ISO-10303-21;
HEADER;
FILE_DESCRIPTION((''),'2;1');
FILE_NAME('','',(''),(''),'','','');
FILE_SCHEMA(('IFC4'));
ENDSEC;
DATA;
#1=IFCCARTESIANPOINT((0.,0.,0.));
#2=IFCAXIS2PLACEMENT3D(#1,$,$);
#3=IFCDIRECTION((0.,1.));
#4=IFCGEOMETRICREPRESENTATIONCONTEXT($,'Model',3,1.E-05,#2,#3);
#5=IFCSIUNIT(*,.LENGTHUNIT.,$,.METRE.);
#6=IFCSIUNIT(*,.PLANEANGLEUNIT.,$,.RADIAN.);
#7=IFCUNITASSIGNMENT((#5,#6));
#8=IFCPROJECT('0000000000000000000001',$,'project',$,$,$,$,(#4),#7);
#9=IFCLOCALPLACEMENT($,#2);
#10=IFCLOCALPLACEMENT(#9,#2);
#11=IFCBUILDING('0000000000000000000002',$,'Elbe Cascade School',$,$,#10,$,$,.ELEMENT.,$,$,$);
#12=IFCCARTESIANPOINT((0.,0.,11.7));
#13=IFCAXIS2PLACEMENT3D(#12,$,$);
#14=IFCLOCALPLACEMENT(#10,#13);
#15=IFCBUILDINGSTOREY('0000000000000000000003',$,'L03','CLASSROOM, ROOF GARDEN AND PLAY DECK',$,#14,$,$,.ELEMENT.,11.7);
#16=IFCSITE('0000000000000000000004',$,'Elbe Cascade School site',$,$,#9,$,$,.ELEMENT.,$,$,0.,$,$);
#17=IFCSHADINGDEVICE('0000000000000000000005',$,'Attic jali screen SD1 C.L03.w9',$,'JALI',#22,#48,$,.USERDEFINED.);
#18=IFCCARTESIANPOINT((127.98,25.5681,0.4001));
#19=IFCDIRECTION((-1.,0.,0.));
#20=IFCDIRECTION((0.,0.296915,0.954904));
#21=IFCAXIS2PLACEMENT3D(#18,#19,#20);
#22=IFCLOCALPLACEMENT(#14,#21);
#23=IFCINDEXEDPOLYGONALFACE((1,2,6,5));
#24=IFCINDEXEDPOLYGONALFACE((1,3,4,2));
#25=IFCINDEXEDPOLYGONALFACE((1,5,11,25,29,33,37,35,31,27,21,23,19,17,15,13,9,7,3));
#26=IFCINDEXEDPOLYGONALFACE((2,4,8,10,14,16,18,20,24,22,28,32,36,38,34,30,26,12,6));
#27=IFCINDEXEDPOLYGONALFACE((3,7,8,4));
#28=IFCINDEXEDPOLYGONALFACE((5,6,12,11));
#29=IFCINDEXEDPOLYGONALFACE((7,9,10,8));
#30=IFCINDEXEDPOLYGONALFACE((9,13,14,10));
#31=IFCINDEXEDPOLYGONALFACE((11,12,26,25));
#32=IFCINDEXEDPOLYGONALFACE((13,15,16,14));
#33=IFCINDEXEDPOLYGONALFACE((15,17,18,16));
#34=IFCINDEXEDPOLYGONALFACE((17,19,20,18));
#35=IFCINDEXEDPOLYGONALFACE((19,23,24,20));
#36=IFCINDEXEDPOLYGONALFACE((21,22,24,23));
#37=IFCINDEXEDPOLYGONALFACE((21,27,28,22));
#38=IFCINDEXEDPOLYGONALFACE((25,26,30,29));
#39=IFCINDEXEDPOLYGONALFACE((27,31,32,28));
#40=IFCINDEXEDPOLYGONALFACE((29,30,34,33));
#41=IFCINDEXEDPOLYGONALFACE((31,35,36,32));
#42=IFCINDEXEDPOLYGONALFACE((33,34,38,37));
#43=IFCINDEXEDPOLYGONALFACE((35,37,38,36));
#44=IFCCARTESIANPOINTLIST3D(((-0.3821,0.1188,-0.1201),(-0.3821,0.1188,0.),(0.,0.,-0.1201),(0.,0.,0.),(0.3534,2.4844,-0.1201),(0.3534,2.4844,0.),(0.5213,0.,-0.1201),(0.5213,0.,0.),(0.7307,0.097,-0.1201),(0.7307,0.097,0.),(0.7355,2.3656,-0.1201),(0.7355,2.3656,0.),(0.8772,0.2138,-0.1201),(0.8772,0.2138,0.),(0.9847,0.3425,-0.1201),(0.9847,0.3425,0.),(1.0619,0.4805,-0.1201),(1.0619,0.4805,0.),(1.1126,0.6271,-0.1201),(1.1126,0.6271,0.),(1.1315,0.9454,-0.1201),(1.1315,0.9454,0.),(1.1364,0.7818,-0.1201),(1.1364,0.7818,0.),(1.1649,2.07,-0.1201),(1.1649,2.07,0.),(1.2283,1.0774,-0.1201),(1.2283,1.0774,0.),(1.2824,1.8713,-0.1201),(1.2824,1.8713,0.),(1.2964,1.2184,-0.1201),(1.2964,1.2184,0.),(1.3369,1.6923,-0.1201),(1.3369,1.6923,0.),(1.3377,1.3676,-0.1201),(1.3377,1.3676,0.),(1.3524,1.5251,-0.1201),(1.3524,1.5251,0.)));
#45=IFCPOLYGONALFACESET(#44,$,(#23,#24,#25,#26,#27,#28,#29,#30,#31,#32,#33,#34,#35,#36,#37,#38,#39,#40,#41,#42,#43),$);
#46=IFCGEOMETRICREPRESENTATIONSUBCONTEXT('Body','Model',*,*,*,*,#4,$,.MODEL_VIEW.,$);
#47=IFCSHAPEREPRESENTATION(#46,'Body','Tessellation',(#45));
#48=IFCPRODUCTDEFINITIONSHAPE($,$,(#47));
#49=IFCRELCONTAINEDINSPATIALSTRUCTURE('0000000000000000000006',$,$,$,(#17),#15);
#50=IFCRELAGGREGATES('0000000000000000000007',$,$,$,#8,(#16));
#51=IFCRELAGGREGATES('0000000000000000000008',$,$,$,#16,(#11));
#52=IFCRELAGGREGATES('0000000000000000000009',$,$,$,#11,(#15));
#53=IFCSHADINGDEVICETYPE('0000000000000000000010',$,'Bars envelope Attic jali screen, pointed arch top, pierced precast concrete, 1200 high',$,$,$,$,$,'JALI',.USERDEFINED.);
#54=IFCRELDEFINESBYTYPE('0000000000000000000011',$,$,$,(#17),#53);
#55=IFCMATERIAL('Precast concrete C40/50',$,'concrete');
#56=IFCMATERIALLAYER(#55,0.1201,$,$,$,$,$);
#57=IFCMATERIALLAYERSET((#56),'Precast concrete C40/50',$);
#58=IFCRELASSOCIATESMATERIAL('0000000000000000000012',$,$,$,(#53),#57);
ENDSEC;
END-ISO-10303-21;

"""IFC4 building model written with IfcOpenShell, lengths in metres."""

from ifc_helpers import new_model, si_unit, direction, frame, origin, place, context, subcontext, project, spatial, polyline, outline, extrude, material, layer, layer_set, type_object, element, save


model = new_model("IFC4")

# Units and contexts
model_context = context("Model", 3, precision=1e-05, world=origin(), true_north=direction((0.0, 1.0)))
body_context = subcontext(model_context, "Body", "Model", "MODEL_VIEW")
ifc_project = project(units=[si_unit("LENGTHUNIT", "METRE"), si_unit("PLANEANGLEUNIT", "RADIAN")], contexts=[model_context])

# Site, building, storey
site_placement = place(None, origin())
site = spatial("IfcSite", under=ifc_project, at=site_placement, Name="Elbe Cascade School site", CompositionType="ELEMENT", RefElevation=0.0)
building_placement = place(site_placement, origin())
building = spatial("IfcBuilding", under=site, at=building_placement, Name="Elbe Cascade School", CompositionType="ELEMENT")
storey_placement = place(building_placement, frame((0.0, 0.0, 11.7)))
storey = spatial("IfcBuildingStorey", under=building, at=storey_placement, Name="L03", Description="CLASSROOM, ROOF GARDEN AND PLAY DECK", CompositionType="ELEMENT", Elevation=11.7)

# Shading device
ifc_material_1 = material(Name="Precast concrete C40/50", Category="concrete")
ifc_layer_1 = layer(ifc_material_1, 0.1201)
ifc_layer_set_1 = layer_set([ifc_layer_1], Name="Precast concrete C40/50")
shading_device_type = type_object("IfcShadingDeviceType", Name="Bars envelope Attic jali screen, pointed arch top, pierced precast concrete, 1200 high", ElementType="JALI", PredefinedType="USERDEFINED", material=ifc_layer_set_1)
shading_device_1_placement = place(storey_placement, frame((127.98, 25.5681, 0.4001), z_axis=(-1.0, 0.0, 0.0), x_axis=(0.0, 0.296915, 0.954904)))
element("IfcShadingDevice", 1, at=shading_device_1_placement, inside=storey, type_object=shading_device_type, Name="Attic jali screen SD1 C.L03.w9", ObjectType="JALI", PredefinedType="USERDEFINED", context=body_context, shape_type="SweptSolid", body=[
    extrude(outline(polyline([(0.0, 0.0), (0.5213, 0.0), (0.7307, 0.097), (0.8772, 0.2138), (0.9847, 0.3425), (1.0619, 0.4805), (1.1126, 0.6271), (1.1364, 0.7818), (1.1315, 0.9454), (1.2283, 1.0774), (1.2964, 1.2184), (1.3377, 1.3676), (1.3524, 1.5251), (1.3369, 1.6923), (1.2824, 1.8713), (1.1649, 2.07), (0.7355, 2.3656), (0.3534, 2.4844), (-0.3821, 0.1188), (0.0, 0.0)])), origin(), (0.0, 0.0, -1.0), 0.1201),
])

save(model, "model.ifc")
